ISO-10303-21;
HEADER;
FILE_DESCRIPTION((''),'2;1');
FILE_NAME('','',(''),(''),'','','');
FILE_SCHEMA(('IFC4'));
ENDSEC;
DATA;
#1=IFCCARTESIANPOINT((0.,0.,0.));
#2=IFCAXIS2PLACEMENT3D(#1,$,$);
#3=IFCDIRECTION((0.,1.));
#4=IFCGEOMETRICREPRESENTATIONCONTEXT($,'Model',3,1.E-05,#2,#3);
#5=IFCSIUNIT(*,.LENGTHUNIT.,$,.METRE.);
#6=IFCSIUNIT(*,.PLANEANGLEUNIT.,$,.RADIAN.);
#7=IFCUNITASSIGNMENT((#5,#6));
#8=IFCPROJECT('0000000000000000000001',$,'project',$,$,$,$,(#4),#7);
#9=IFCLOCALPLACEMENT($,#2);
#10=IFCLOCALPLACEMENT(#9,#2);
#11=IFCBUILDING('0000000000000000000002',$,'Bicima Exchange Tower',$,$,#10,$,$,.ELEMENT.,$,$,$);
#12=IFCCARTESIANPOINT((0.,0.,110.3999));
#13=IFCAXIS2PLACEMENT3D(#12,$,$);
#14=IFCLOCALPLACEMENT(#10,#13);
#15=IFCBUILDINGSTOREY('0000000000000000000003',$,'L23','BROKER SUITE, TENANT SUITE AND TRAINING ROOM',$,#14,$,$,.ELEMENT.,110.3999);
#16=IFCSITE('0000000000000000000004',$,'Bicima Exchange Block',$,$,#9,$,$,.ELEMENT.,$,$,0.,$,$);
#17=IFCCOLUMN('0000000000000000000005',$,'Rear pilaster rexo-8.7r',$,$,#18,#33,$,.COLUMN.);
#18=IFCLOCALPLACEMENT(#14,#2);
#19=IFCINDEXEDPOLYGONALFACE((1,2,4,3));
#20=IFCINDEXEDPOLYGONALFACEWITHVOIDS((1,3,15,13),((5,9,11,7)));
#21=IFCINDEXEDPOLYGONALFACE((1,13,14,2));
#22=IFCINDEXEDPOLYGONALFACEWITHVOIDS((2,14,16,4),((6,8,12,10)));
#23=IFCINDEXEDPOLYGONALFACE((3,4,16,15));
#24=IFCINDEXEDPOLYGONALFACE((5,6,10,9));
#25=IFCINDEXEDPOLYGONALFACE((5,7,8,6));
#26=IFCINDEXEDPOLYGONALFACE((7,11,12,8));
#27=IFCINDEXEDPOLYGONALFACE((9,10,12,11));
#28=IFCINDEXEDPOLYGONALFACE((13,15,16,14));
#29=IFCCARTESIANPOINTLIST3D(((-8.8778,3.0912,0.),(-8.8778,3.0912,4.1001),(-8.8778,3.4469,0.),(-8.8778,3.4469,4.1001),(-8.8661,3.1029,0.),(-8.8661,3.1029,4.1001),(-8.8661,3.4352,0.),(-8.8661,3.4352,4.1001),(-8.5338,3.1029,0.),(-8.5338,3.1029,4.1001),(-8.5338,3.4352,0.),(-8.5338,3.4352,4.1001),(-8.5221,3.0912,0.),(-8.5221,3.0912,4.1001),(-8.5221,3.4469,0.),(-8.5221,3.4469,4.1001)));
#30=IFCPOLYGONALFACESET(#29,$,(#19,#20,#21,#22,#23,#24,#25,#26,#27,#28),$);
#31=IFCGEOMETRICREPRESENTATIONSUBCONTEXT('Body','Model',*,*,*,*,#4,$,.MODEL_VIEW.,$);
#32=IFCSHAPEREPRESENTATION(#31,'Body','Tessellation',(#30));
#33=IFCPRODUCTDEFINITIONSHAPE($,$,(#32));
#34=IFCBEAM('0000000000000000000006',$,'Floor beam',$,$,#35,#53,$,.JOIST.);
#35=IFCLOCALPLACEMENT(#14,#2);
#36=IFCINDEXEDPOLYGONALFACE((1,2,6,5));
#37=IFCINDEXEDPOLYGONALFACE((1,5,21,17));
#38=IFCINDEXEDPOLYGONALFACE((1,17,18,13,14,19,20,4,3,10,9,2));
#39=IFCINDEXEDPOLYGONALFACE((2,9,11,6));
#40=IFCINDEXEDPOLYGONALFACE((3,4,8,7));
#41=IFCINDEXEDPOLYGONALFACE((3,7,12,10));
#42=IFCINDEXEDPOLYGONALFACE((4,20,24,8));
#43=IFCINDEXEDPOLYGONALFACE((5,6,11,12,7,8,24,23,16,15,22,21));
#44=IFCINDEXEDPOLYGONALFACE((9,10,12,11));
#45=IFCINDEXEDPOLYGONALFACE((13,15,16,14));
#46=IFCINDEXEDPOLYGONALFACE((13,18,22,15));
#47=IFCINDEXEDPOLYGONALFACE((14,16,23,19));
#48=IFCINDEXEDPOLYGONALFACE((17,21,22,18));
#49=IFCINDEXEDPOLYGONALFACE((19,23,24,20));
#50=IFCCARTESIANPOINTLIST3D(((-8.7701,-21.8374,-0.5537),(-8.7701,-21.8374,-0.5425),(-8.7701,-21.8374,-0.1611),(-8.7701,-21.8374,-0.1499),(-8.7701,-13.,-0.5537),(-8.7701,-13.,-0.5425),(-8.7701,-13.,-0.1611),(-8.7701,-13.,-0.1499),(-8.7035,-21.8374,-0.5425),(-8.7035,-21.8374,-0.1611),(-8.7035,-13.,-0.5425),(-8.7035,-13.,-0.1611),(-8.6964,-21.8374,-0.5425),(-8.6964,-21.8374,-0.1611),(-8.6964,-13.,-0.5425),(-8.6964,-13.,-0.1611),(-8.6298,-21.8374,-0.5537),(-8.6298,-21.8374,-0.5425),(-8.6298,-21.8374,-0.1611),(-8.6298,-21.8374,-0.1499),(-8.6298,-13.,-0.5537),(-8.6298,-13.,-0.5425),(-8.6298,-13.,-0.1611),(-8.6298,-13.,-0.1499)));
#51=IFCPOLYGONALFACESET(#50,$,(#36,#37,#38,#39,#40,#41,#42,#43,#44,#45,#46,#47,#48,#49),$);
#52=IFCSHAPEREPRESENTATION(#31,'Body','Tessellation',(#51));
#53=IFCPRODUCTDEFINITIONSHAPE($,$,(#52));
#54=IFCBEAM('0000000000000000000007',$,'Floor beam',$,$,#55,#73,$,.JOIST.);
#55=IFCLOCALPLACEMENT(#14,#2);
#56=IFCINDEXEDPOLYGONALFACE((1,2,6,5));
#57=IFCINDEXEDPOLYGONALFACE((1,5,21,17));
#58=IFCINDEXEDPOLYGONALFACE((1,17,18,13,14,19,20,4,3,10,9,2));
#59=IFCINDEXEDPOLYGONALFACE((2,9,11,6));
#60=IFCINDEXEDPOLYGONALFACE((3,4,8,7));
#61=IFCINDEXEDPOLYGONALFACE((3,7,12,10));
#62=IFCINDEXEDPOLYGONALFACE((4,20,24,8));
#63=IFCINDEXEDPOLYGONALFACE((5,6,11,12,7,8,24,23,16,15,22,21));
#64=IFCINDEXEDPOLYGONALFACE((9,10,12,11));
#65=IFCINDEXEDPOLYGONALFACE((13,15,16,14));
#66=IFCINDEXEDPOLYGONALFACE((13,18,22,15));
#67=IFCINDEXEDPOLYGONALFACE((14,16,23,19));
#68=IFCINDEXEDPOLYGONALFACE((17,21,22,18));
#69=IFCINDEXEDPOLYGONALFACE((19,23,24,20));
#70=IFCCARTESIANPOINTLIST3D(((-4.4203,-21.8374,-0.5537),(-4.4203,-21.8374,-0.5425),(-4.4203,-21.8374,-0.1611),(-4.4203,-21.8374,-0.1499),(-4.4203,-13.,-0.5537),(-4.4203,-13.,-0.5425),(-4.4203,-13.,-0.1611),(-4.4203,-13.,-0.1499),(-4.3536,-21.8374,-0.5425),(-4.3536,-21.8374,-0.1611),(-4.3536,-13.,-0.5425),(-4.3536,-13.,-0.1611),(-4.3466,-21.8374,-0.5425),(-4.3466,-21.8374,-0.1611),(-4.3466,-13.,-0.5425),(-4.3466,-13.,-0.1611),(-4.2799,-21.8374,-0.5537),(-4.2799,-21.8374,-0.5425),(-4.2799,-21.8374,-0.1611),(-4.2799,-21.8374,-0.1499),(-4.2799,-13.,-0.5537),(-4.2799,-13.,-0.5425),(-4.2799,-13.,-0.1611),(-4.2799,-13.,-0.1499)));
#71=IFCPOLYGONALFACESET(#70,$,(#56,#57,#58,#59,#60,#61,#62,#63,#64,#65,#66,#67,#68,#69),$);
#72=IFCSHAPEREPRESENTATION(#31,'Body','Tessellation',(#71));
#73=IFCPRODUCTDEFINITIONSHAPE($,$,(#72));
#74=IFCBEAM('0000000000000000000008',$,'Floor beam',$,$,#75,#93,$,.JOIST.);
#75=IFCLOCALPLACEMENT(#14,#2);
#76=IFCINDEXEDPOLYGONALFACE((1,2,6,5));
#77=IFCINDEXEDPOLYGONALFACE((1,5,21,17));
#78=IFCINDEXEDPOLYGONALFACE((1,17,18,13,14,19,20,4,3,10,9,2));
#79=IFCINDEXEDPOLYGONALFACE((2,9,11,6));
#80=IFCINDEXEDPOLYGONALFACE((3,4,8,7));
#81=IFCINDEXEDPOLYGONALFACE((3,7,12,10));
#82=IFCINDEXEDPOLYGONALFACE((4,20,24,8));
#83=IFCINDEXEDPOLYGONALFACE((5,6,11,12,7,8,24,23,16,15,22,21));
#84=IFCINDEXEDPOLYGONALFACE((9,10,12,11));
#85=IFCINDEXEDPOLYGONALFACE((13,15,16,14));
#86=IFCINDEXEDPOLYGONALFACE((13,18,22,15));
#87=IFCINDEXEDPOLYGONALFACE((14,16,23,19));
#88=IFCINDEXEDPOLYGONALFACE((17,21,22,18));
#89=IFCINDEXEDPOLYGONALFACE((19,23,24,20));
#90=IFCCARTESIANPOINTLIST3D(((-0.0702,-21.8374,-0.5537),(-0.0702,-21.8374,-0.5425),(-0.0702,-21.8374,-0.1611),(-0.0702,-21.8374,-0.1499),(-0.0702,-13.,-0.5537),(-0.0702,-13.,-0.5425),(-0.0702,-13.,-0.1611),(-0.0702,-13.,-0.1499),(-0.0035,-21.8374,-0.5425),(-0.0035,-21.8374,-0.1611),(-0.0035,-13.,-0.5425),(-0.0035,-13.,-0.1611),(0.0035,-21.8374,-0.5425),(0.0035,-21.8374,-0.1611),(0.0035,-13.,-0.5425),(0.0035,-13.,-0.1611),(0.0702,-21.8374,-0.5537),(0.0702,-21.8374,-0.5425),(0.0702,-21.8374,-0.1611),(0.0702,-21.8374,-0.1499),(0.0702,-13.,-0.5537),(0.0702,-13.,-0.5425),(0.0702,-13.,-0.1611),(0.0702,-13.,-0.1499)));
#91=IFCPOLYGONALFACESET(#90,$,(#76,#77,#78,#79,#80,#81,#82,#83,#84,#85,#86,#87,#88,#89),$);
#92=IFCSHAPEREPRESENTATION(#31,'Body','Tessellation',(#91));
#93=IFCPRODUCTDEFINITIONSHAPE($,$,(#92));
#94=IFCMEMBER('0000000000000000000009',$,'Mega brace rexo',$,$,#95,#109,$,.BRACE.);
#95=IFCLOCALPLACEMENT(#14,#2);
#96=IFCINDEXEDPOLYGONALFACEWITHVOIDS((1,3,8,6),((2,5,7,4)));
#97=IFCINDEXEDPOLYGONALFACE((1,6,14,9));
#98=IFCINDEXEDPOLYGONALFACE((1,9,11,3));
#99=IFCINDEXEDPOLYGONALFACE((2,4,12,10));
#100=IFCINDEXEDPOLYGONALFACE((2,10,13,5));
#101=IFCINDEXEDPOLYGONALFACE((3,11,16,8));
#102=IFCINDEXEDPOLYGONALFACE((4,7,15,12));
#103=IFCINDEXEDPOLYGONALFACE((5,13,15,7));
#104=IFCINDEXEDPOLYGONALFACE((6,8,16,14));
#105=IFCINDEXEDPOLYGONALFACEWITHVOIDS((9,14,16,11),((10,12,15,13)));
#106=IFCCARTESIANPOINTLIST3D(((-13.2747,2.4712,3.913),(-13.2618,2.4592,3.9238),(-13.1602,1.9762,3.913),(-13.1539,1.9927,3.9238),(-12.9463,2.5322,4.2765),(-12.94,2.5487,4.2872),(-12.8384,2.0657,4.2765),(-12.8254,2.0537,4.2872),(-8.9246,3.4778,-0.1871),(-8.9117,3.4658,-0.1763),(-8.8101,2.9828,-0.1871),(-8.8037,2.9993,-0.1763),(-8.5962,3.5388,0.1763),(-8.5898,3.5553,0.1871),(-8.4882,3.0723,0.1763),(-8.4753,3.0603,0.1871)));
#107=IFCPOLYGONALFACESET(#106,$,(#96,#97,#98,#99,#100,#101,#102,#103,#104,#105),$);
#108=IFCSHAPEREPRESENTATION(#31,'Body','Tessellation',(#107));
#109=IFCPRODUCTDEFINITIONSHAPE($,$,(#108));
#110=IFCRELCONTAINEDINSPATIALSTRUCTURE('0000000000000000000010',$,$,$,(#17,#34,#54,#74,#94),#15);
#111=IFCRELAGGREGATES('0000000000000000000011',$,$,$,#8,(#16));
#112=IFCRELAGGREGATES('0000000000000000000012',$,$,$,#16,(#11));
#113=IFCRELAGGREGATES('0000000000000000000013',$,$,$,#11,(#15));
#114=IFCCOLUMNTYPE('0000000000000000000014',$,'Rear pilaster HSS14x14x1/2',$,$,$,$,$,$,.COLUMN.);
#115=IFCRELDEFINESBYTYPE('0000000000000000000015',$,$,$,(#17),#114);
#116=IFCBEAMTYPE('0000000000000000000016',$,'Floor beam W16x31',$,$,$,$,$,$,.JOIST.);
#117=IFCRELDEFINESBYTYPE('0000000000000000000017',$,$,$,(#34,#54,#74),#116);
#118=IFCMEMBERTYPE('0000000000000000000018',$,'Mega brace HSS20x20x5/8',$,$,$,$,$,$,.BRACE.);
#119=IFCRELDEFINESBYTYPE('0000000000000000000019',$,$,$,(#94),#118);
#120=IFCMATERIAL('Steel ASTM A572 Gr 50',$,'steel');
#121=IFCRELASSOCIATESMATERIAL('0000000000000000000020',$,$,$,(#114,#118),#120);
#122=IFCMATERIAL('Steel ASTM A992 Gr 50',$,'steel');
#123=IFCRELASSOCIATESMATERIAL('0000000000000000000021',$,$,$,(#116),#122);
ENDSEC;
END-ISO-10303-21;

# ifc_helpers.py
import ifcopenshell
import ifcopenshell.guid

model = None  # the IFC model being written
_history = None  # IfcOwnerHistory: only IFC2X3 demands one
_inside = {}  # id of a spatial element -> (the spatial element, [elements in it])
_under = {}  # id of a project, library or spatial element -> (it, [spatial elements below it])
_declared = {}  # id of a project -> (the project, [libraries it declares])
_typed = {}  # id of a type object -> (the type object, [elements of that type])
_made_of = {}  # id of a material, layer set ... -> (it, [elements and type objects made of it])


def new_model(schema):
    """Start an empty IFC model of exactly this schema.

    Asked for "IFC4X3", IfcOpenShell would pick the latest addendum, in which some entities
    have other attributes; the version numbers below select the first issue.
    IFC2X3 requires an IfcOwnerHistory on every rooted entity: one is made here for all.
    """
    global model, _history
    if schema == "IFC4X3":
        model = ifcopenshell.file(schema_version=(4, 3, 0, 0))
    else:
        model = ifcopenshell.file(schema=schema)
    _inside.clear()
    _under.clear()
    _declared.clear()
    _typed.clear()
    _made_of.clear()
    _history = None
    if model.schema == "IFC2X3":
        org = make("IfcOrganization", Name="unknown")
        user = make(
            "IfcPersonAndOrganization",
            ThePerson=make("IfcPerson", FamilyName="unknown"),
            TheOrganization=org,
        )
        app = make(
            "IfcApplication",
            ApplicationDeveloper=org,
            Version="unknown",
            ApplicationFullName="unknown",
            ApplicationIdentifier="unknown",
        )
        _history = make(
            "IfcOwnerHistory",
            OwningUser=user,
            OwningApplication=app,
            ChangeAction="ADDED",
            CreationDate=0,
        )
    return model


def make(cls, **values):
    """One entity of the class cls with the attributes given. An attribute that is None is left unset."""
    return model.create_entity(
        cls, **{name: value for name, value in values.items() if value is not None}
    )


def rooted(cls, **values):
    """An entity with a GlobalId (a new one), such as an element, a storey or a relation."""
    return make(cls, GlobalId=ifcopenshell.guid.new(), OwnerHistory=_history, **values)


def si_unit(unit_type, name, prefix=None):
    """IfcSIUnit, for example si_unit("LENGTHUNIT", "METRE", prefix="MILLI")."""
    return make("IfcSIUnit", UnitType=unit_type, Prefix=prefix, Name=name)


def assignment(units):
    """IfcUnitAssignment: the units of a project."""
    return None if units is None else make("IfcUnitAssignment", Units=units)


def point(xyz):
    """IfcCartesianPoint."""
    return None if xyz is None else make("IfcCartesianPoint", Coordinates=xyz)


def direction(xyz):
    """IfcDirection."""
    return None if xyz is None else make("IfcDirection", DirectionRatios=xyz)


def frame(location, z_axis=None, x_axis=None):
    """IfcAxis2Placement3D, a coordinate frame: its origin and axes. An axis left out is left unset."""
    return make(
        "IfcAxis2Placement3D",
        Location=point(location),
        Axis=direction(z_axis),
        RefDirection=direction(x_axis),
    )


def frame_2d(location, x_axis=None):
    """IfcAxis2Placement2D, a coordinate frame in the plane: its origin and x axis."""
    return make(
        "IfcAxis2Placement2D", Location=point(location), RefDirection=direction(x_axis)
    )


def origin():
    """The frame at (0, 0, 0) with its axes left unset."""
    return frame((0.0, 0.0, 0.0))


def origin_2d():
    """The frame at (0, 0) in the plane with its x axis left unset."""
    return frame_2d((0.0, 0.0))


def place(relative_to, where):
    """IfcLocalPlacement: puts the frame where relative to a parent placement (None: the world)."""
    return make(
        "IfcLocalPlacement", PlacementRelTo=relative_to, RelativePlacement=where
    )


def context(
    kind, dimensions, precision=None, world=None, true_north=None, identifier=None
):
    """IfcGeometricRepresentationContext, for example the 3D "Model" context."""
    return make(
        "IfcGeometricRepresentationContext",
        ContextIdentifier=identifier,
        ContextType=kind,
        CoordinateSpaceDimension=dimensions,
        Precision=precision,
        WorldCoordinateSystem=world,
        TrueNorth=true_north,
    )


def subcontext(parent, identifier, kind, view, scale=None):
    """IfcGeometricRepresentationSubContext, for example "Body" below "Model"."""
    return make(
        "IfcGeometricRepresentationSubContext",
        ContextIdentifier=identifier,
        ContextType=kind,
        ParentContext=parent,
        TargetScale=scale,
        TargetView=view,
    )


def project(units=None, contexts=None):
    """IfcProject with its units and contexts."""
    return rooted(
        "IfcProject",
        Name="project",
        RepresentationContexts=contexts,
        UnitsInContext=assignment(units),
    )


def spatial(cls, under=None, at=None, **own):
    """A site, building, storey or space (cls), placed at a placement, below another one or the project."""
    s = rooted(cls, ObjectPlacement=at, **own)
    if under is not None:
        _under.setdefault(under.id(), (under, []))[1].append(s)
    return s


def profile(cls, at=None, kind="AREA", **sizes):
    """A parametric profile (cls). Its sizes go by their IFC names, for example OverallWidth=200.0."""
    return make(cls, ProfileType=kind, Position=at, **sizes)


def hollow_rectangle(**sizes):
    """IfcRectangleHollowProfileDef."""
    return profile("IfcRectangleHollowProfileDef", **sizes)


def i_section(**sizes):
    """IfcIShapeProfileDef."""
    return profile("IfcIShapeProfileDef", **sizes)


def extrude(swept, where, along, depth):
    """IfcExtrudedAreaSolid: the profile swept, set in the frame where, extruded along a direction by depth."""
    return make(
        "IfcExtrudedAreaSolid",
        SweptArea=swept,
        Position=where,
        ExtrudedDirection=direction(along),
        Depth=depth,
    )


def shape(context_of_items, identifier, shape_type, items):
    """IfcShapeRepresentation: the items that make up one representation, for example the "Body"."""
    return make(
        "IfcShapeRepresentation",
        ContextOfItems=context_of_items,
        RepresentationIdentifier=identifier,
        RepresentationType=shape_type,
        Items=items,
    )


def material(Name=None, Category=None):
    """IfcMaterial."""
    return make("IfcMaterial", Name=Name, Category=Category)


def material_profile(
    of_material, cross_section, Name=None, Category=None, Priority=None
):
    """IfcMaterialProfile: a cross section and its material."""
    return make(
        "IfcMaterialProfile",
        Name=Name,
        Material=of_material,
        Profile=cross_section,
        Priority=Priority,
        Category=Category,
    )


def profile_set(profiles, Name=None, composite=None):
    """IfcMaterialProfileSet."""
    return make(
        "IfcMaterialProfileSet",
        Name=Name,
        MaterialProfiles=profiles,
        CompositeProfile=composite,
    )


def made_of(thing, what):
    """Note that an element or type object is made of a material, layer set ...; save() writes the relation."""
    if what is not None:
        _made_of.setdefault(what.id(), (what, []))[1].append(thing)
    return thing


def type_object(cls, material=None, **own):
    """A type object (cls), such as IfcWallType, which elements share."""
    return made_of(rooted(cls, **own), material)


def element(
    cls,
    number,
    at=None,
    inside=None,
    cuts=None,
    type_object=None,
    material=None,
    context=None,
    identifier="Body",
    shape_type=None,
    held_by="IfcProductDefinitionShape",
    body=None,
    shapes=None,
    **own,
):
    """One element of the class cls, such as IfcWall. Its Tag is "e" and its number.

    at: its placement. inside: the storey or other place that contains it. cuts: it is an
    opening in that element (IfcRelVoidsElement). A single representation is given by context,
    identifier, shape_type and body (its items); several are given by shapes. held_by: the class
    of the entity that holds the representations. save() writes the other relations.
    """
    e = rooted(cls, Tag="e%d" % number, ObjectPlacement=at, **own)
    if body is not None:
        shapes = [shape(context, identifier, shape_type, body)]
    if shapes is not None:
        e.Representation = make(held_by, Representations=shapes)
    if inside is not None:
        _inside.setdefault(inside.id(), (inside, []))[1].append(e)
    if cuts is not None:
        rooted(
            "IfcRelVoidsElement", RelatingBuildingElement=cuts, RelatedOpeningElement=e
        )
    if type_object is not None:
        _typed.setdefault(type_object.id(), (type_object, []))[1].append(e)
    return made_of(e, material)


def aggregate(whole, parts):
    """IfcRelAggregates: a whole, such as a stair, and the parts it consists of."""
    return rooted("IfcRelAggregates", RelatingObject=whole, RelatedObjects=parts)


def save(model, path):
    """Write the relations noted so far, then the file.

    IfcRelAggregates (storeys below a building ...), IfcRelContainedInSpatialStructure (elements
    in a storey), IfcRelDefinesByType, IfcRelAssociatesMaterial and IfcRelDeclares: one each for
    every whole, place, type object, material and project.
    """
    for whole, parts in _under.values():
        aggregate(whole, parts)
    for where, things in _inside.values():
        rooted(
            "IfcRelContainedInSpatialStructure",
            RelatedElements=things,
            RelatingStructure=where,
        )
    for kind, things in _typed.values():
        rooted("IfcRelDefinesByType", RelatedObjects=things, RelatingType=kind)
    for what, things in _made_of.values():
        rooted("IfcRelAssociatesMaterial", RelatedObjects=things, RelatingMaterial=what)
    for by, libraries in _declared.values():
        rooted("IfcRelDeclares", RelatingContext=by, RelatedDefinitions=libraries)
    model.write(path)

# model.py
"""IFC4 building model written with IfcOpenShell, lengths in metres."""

from ifc_helpers import new_model, si_unit, direction, frame, origin, origin_2d, place, context, subcontext, project, spatial, hollow_rectangle, i_section, extrude, material, material_profile, profile_set, type_object, element, save


model = new_model("IFC4")

# Units and contexts
model_context = context("Model", 3, precision=1e-05, world=origin(), true_north=direction((0.0, 1.0)))
body_context = subcontext(model_context, "Body", "Model", "MODEL_VIEW")
ifc_project = project(units=[si_unit("LENGTHUNIT", "METRE"), si_unit("PLANEANGLEUNIT", "RADIAN")], contexts=[model_context])

# Site, building, storey
site_placement = place(None, origin())
site = spatial("IfcSite", under=ifc_project, at=site_placement, Name="Bicima Exchange Block", CompositionType="ELEMENT", RefElevation=0.0)
building_placement = place(site_placement, origin())
building = spatial("IfcBuilding", under=site, at=building_placement, Name="Bicima Exchange Tower", CompositionType="ELEMENT")
storey_placement = place(building_placement, frame((0.0, 0.0, 110.3999)))
storey = spatial("IfcBuildingStorey", under=building, at=storey_placement, Name="L23", Description="BROKER SUITE, TENANT SUITE AND TRAINING ROOM", CompositionType="ELEMENT", Elevation=110.3999)

# Column
ifc_material_1 = material(Name="Steel ASTM A572 Gr 50", Category="steel")
ifc_material_profile_1 = material_profile(ifc_material_1, hollow_rectangle(XDim=0.3557, YDim=0.3557, WallThickness=0.0117, at=origin_2d()))
ifc_profile_set_1 = profile_set([ifc_material_profile_1], Name="Steel ASTM A572 Gr 50")
column_type = type_object("IfcColumnType", Name="Rear pilaster HSS14x14x1/2", PredefinedType="COLUMN", material=ifc_profile_set_1)
column_placement = place(storey_placement, frame((-8.7, 3.269, 0.0), z_axis=(0.0, 0.0, 1.0), x_axis=(1.0, 0.0, 0.0)))
element("IfcColumn", 1, at=column_placement, inside=storey, type_object=column_type, Name="Rear pilaster rexo-8.7r", PredefinedType="COLUMN", context=body_context, shape_type="SweptSolid", body=[
    extrude(hollow_rectangle(XDim=0.3557, YDim=0.3557, WallThickness=0.0117, at=origin_2d()), origin(), (0.0, 0.0, 1.0), 4.1001),
])

# Beams
ifc_material_2 = material(Name="Steel ASTM A992 Gr 50", Category="steel")
ifc_material_profile_2 = material_profile(ifc_material_2, i_section(OverallWidth=0.1404, OverallDepth=0.4038, WebThickness=0.0071, FlangeThickness=0.0112, at=origin_2d()))
ifc_profile_set_2 = profile_set([ifc_material_profile_2], Name="Steel ASTM A992 Gr 50")
beam_type = type_object("IfcBeamType", Name="Floor beam W16x31", PredefinedType="JOIST", material=ifc_profile_set_2)
for number, where, z_axis, x_axis, name in (
    (2, (-8.7, -13.0, -0.3518), (0.0, -1.0, 0.0), (1.0, 0.0, 0.0), "Floor beam"),
    (3, (-4.3501, -13.0, -0.3518), (0.0, -1.0, 0.0), (1.0, 0.0, 0.0), "Floor beam"),
    (4, (0.0, -13.0, -0.3518), (0.0, -1.0, 0.0), (1.0, 0.0, 0.0), "Floor beam"),
):
    element("IfcBeam", number, at=place(storey_placement, frame(where, z_axis=z_axis, x_axis=x_axis)), inside=storey, type_object=beam_type, Name=name, PredefinedType="JOIST", context=body_context, shape_type="SweptSolid", body=[
        extrude(i_section(OverallWidth=0.1404, OverallDepth=0.4038, WebThickness=0.0071, FlangeThickness=0.0112, at=origin_2d()), origin(), (0.0, 0.0, 1.0), 8.8374),
    ])

# Member
ifc_material_profile_3 = material_profile(ifc_material_1, hollow_rectangle(XDim=0.5081, YDim=0.5081, WallThickness=0.0146, at=origin_2d()))
ifc_profile_set_3 = profile_set([ifc_material_profile_3], Name="Steel ASTM A572 Gr 50")
member_type = type_object("IfcMemberType", Name="Mega brace HSS20x20x5/8", PredefinedType="BRACE", material=ifc_profile_set_3)
member_placement = place(storey_placement, frame((-8.7, 3.269, 0.0), z_axis=(-0.717606, -0.166051, 0.676365), x_axis=(0.225439, -0.974257, 0.0)))
element("IfcMember", 5, at=member_placement, inside=storey, type_object=member_type, Name="Mega brace rexo", PredefinedType="BRACE", context=body_context, shape_type="SweptSolid", body=[
    extrude(hollow_rectangle(XDim=0.5081, YDim=0.5081, WallThickness=0.0146, at=origin_2d()), origin(), (0.0, 0.0, 1.0), 6.062),
])

save(model, "model.ifc")
